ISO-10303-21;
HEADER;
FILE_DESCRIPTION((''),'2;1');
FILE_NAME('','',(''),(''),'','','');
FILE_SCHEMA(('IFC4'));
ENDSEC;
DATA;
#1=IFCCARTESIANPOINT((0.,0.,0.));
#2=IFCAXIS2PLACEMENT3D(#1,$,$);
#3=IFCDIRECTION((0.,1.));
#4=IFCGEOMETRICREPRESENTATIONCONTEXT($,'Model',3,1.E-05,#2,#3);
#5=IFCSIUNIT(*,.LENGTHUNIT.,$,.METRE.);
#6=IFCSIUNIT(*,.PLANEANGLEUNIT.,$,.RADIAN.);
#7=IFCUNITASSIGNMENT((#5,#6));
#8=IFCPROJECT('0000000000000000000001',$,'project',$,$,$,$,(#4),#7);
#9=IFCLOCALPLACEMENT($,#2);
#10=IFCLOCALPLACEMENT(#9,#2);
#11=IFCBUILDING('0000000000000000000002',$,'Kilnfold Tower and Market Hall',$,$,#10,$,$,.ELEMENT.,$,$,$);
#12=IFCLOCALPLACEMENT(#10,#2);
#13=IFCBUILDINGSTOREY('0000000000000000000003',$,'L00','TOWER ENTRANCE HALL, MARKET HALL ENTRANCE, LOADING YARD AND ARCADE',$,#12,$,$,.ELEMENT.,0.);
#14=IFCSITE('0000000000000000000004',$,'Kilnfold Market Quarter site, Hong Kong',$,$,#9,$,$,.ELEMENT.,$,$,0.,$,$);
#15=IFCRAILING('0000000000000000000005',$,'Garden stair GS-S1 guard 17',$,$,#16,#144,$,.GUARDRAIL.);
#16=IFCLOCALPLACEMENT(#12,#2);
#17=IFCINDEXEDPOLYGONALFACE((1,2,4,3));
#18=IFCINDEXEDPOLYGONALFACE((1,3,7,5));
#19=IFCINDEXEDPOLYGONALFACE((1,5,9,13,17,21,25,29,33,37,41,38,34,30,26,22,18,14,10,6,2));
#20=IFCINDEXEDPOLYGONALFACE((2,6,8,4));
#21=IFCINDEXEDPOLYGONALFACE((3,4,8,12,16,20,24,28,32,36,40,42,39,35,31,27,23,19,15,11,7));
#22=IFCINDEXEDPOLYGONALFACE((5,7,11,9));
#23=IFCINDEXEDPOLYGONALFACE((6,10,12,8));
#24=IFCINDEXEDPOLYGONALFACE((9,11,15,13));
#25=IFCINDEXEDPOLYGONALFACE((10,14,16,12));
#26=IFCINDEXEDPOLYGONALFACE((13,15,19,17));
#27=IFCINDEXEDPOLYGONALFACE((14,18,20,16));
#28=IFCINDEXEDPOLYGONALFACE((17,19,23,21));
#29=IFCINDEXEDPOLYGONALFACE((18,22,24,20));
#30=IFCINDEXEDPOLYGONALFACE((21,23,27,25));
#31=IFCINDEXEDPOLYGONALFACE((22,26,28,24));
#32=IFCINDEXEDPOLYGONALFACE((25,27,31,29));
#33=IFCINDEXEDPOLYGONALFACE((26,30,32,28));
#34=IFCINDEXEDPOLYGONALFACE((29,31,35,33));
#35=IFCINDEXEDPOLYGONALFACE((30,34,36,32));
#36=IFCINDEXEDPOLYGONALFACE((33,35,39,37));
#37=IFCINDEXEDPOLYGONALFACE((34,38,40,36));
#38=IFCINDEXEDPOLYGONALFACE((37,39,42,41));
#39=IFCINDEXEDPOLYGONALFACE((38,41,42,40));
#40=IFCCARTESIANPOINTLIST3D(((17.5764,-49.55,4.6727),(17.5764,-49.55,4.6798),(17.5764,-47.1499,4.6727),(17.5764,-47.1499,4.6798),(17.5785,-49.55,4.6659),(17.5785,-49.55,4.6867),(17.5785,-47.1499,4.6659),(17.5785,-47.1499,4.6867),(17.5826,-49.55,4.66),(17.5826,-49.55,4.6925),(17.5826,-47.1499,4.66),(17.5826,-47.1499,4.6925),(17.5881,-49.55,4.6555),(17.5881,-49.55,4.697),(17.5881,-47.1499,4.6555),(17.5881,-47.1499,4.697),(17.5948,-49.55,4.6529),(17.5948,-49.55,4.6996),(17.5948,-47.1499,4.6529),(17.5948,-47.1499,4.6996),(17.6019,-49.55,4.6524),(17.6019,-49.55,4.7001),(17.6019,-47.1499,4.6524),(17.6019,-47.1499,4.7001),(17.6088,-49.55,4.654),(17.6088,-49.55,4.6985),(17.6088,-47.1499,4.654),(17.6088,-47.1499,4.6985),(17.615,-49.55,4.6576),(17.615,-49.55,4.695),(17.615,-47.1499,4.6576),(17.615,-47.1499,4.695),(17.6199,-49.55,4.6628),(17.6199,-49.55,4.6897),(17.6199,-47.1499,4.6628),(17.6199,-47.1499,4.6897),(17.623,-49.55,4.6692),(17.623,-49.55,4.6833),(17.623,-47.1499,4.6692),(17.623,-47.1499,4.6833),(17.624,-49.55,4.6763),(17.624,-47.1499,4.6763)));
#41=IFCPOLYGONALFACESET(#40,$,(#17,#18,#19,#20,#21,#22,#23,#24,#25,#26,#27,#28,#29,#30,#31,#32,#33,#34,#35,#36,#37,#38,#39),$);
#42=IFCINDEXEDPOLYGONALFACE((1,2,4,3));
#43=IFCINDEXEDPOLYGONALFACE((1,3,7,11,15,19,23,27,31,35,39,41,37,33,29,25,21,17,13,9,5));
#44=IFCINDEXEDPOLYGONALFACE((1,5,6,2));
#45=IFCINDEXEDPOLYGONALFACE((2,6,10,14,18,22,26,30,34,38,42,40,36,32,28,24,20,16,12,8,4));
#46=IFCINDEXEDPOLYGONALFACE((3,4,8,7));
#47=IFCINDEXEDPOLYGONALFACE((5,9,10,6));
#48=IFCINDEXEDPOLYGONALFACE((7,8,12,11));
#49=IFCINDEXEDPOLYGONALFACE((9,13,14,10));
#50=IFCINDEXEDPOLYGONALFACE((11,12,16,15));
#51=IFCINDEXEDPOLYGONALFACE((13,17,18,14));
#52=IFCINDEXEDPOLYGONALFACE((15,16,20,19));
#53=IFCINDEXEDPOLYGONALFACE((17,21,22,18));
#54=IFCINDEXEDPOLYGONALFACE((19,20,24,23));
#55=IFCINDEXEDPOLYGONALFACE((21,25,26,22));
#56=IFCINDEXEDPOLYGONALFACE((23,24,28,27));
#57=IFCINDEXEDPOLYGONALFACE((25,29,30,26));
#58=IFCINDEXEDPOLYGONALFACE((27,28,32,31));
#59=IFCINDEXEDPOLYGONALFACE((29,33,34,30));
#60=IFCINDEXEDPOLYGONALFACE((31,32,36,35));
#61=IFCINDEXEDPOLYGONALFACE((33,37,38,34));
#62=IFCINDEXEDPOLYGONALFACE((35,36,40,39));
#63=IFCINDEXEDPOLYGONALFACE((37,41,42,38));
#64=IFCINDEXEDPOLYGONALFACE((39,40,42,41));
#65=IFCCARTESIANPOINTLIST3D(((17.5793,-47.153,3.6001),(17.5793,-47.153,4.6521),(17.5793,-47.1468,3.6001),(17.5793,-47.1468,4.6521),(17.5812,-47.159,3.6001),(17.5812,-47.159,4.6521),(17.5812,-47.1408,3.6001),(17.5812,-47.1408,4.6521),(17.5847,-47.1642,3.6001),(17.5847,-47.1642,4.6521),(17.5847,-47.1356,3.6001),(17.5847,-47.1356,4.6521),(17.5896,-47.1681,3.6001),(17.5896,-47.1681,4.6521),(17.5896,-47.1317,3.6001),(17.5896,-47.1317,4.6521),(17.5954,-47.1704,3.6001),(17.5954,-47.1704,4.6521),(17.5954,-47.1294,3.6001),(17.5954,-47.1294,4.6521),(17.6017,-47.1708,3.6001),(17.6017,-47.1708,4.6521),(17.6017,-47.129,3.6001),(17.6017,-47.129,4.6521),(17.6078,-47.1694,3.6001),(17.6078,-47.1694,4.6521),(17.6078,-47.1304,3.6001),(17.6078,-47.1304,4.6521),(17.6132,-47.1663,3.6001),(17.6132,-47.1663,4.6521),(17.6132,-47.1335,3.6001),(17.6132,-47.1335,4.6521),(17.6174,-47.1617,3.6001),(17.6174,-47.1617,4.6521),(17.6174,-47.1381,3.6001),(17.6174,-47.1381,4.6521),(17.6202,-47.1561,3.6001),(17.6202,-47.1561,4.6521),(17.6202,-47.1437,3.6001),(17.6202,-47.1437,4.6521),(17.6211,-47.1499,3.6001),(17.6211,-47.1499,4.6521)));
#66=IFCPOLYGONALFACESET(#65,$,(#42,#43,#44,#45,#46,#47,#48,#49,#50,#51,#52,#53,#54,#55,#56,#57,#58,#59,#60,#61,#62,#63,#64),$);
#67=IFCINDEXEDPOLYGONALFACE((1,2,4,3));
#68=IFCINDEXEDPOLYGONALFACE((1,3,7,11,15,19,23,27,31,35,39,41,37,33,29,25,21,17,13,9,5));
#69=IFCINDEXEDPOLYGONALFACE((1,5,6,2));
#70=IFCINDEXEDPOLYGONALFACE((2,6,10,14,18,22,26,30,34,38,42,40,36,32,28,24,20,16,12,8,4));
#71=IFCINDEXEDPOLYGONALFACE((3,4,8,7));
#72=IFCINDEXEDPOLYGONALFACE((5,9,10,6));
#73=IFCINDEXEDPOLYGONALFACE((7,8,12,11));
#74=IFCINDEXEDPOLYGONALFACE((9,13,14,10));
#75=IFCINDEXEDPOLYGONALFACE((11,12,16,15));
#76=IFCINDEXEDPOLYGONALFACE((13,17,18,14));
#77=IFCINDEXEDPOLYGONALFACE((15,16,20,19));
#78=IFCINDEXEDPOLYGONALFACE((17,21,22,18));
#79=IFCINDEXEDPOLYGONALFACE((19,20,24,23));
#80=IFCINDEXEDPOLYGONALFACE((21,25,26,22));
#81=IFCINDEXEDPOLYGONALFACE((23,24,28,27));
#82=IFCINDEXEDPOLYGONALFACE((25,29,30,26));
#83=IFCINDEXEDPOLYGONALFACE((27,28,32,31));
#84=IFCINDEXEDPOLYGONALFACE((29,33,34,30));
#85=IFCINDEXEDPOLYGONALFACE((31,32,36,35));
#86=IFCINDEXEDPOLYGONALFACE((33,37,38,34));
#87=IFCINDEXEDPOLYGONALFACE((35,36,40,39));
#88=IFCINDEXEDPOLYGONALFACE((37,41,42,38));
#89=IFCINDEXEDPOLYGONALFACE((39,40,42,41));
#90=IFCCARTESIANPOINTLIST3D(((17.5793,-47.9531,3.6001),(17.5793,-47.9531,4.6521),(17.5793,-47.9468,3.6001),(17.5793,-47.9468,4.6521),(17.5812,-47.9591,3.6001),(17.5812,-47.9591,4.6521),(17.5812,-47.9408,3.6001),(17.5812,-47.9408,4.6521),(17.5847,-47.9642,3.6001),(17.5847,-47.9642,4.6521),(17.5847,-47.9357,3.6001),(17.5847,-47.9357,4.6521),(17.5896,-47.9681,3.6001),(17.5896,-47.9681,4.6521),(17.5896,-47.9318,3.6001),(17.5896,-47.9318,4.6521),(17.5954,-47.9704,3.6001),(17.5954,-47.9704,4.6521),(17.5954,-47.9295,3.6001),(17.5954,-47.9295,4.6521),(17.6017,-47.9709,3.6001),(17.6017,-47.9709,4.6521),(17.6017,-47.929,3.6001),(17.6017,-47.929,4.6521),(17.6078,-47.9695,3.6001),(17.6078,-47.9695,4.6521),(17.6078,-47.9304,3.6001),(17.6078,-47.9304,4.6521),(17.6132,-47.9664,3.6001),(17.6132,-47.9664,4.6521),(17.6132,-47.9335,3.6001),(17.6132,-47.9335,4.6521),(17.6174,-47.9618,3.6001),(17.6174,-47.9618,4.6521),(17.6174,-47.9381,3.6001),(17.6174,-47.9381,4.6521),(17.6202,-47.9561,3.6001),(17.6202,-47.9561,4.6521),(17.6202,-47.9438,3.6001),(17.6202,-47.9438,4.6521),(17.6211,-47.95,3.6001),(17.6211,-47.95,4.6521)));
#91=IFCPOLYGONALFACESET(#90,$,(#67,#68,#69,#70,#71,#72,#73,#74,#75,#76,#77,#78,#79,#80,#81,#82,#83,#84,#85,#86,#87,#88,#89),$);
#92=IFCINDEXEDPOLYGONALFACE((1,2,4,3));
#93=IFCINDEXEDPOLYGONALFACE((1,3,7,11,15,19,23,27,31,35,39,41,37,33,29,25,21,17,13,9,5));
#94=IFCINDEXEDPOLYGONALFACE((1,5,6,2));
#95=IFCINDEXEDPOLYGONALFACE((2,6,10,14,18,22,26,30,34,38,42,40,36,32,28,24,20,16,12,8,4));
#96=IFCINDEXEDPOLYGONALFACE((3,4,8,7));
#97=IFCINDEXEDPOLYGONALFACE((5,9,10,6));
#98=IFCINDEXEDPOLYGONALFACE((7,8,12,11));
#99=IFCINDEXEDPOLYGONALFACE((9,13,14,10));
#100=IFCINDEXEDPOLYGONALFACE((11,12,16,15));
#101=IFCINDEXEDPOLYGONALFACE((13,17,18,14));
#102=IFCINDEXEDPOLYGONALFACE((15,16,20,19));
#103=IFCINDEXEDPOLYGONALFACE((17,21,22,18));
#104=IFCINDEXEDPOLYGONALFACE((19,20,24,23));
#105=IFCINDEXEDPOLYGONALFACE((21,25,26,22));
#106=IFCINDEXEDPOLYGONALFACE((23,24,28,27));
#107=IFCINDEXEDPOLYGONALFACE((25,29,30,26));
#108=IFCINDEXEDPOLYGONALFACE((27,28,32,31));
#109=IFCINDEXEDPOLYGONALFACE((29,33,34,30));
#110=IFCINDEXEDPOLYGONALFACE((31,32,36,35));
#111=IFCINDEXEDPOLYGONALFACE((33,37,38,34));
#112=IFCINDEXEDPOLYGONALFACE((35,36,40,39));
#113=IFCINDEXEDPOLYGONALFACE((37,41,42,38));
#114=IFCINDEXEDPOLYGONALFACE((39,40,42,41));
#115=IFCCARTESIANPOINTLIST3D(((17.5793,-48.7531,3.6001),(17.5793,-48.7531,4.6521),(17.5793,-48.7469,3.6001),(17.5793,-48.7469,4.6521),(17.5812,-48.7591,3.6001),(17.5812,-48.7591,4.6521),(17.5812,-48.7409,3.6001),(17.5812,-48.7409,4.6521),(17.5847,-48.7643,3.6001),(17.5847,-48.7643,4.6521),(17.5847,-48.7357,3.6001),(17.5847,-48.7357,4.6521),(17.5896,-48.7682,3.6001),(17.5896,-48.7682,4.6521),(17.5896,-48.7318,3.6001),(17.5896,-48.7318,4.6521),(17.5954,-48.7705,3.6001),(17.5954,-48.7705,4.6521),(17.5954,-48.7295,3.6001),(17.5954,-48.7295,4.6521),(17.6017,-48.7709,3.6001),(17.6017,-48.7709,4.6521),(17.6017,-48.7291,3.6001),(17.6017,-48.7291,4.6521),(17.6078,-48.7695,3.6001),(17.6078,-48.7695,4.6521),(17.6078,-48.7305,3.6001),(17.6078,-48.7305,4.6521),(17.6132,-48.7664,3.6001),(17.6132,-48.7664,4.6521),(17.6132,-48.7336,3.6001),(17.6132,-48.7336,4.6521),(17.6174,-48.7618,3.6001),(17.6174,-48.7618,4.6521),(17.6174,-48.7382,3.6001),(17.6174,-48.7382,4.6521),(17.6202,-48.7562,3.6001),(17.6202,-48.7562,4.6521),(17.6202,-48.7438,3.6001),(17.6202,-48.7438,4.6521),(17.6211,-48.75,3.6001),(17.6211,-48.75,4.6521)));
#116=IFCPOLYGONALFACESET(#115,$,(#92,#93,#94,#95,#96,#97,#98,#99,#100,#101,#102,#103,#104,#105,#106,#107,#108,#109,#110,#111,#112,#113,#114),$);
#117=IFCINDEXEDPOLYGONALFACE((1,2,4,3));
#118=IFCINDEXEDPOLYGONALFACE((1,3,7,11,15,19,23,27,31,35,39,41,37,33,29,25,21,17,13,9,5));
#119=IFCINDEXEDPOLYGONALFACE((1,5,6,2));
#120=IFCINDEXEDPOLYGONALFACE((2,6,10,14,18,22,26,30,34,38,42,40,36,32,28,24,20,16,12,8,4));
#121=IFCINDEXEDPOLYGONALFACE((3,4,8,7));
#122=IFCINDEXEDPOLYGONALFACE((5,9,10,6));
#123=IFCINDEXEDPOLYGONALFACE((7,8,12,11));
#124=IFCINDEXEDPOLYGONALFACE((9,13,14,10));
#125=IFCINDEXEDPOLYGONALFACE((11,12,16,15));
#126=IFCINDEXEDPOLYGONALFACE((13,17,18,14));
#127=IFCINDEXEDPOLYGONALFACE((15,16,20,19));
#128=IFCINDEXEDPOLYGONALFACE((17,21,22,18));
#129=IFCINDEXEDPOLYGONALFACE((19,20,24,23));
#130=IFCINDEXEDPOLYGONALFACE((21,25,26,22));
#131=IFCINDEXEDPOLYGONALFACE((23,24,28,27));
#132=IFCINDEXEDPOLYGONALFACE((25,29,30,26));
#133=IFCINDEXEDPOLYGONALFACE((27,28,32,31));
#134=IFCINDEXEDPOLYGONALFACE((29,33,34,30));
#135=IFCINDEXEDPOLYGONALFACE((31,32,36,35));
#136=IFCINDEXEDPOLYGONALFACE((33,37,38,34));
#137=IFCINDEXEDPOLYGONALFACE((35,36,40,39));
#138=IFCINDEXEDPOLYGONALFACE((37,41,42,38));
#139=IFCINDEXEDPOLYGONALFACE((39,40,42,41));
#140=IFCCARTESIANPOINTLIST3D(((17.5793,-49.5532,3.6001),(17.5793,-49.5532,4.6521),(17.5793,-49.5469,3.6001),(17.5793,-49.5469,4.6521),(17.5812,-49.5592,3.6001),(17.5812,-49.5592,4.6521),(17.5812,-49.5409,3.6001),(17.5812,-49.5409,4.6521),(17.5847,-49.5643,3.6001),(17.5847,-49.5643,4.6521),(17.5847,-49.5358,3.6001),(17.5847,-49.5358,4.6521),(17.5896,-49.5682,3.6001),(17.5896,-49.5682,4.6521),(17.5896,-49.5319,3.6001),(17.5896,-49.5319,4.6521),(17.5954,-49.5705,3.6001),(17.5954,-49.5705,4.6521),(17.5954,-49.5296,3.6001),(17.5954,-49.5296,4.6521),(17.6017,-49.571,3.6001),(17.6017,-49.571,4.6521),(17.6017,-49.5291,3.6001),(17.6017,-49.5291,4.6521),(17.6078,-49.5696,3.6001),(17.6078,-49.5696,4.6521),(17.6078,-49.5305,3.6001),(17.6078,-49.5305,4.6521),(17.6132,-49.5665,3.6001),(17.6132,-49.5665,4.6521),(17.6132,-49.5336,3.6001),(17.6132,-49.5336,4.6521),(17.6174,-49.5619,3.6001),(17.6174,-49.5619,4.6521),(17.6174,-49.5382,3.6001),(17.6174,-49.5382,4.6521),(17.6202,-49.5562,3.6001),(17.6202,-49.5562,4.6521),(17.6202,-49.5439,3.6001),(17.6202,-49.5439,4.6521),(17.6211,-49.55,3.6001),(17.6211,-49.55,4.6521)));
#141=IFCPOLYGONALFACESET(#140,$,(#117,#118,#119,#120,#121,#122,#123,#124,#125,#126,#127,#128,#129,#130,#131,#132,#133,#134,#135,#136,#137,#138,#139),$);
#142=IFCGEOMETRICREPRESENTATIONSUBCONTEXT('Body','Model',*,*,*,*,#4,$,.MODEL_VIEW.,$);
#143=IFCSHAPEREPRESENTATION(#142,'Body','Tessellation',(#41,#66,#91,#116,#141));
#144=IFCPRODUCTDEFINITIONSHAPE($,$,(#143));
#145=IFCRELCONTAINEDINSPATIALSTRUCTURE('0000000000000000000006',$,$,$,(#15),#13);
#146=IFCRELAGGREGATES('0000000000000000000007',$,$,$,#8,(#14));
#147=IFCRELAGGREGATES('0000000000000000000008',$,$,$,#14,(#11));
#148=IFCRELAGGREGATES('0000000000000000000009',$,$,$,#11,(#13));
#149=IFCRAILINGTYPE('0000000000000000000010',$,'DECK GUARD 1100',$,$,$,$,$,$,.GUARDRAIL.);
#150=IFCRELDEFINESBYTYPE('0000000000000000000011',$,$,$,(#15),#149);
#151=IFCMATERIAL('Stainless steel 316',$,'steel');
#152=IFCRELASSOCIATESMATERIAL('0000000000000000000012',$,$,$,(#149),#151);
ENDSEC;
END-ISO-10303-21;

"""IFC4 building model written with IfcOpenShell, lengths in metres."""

from ifc_helpers import new_model, si_unit, direction, frame, origin, origin_2d, place, context, subcontext, project, spatial, circle, extrude, material, type_object, element, save


model = new_model("IFC4")

# Units and contexts
model_context = context("Model", 3, precision=1e-05, world=origin(), true_north=direction((0.0, 1.0)))
body_context = subcontext(model_context, "Body", "Model", "MODEL_VIEW")
ifc_project = project(units=[si_unit("LENGTHUNIT", "METRE"), si_unit("PLANEANGLEUNIT", "RADIAN")], contexts=[model_context])

# Site, building, storey
site_placement = place(None, origin())
site = spatial("IfcSite", under=ifc_project, at=site_placement, Name="Kilnfold Market Quarter site, Hong Kong", CompositionType="ELEMENT", RefElevation=0.0)
building_placement = place(site_placement, origin())
building = spatial("IfcBuilding", under=site, at=building_placement, Name="Kilnfold Tower and Market Hall", CompositionType="ELEMENT")
storey_placement = place(building_placement, origin())
storey = spatial("IfcBuildingStorey", under=building, at=storey_placement, Name="L00", Description="TOWER ENTRANCE HALL, MARKET HALL ENTRANCE, LOADING YARD AND ARCADE", CompositionType="ELEMENT", Elevation=0.0)

# Railing
ifc_material_1 = material(Name="Stainless steel 316", Category="steel")
railing_type_1 = type_object("IfcRailingType", Name="DECK GUARD 1100", PredefinedType="GUARDRAIL", material=ifc_material_1)
railing_1_placement = place(storey_placement, frame((17.6001, -47.1499, 3.6001)))
element("IfcRailing", 1, at=railing_1_placement, inside=storey, type_object=railing_type_1, Name="Garden stair GS-S1 guard 17", PredefinedType="GUARDRAIL", context=body_context, shape_type="SweptSolid", body=[
    extrude(circle(Radius=0.0239, at=origin_2d()), frame((0.0, 0.0, 1.0762), z_axis=(0.0, -1.0, 0.0), x_axis=(1.0, 0.0, 0.0)), (0.0, 0.0, 1.0), 2.4001),
    extrude(circle(Radius=0.021, at=origin_2d()), origin(), (0.0, 0.0, 1.0), 1.052),
    extrude(circle(Radius=0.021, at=origin_2d()), frame((0.0, -0.8, 0.0)), (0.0, 0.0, 1.0), 1.052),
    extrude(circle(Radius=0.021, at=origin_2d()), frame((0.0, -1.6001, 0.0)), (0.0, 0.0, 1.0), 1.052),
    extrude(circle(Radius=0.021, at=origin_2d()), frame((0.0, -2.4001, 0.0)), (0.0, 0.0, 1.0), 1.052),
])

save(model, "model.ifc")
